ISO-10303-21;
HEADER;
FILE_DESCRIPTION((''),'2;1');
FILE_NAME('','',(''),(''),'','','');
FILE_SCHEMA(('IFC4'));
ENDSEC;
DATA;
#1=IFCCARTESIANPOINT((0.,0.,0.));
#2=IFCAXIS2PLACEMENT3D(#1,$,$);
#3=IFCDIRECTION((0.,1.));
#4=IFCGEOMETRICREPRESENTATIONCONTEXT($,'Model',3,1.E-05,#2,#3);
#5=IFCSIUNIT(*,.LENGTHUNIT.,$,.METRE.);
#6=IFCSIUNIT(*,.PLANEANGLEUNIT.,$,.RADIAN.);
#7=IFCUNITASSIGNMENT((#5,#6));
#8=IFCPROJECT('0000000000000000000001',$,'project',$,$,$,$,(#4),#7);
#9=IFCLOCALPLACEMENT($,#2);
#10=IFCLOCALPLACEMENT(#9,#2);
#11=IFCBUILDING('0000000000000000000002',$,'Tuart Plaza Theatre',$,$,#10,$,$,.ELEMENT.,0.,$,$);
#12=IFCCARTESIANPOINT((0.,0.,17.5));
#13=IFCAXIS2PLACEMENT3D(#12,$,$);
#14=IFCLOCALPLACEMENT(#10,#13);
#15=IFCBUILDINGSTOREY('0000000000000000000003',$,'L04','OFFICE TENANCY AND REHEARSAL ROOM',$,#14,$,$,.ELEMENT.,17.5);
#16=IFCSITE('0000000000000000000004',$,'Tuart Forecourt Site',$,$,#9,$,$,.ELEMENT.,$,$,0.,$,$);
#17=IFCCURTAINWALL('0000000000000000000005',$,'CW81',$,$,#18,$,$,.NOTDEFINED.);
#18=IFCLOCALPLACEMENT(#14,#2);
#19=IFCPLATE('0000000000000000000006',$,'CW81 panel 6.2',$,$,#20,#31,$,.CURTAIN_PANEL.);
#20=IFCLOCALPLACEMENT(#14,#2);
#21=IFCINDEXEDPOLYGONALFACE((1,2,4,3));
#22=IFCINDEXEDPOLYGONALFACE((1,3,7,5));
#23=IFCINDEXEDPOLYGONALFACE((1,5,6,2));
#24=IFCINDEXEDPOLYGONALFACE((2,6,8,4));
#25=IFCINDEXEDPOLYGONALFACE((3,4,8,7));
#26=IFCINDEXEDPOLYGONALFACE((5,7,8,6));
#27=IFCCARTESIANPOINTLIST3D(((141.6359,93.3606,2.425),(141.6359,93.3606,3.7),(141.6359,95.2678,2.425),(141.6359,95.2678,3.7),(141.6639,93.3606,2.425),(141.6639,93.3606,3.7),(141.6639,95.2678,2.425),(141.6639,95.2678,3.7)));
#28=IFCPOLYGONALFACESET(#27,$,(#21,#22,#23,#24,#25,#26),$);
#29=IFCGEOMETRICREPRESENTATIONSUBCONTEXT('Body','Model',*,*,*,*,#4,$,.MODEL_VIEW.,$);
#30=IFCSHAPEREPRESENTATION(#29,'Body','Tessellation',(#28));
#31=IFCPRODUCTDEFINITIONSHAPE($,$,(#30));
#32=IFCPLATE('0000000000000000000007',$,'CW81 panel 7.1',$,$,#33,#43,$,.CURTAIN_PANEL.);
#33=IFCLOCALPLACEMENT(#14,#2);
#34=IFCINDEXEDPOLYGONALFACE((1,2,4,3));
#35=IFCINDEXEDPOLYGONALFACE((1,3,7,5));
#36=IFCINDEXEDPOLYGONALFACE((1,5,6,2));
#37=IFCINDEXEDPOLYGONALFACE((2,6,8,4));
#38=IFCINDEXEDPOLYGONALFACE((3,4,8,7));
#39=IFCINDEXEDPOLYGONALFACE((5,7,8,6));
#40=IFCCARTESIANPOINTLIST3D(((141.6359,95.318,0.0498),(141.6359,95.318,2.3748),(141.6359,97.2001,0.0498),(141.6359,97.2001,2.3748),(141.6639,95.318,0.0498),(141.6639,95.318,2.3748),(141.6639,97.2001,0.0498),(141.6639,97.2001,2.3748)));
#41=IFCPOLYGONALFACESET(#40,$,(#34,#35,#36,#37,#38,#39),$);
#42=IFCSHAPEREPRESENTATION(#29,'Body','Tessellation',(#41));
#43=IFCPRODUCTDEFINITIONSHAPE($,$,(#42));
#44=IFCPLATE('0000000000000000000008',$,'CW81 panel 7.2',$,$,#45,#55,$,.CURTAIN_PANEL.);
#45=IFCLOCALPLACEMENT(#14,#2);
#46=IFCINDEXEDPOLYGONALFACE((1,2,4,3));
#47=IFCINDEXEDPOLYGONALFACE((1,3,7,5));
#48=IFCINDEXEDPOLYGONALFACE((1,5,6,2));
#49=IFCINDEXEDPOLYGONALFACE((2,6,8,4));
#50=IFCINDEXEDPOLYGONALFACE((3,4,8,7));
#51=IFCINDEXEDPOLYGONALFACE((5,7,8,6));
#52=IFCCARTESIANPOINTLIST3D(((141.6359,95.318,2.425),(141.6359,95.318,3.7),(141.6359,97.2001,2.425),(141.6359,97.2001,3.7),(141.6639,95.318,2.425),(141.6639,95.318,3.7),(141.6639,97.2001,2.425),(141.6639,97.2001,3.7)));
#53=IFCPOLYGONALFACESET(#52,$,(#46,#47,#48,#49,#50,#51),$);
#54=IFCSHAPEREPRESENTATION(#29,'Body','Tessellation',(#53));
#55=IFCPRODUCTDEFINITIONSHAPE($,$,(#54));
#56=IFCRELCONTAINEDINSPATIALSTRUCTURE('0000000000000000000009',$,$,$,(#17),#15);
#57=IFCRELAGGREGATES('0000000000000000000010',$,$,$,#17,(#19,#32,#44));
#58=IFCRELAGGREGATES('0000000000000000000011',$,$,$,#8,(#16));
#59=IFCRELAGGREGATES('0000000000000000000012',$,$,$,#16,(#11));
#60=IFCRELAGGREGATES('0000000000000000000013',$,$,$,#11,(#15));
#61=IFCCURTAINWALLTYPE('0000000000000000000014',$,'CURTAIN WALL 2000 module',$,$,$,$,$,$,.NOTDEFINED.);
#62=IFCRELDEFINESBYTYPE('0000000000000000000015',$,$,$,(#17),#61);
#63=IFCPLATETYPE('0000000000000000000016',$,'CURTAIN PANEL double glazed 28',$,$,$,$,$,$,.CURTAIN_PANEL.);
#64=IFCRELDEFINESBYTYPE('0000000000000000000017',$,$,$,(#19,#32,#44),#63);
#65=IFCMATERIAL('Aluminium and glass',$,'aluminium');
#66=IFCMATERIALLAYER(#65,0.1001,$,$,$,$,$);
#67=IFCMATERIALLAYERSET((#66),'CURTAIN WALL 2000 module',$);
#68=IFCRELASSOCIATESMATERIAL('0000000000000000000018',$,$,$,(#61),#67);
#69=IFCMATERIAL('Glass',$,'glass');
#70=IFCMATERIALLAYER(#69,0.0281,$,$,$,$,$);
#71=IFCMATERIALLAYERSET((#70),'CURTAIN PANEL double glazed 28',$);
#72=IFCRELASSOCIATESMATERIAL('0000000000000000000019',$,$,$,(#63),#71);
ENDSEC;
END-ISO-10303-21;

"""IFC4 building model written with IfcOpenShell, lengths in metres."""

from ifc_helpers import new_model, si_unit, direction, frame, origin, origin_2d, place, context, subcontext, project, spatial, rectangle, extrude, material, layer, layer_set, type_object, element, aggregate, save


model = new_model("IFC4")

# Units and contexts
model_context = context("Model", 3, precision=1e-05, world=origin(), true_north=direction((0.0, 1.0)))
body_context = subcontext(model_context, "Body", "Model", "MODEL_VIEW")
ifc_project = project(units=[si_unit("LENGTHUNIT", "METRE"), si_unit("PLANEANGLEUNIT", "RADIAN")], contexts=[model_context])

# Site, building, storey
site_placement = place(None, origin())
site = spatial("IfcSite", under=ifc_project, at=site_placement, Name="Tuart Forecourt Site", CompositionType="ELEMENT", RefElevation=0.0)
building_placement = place(site_placement, origin())
building = spatial("IfcBuilding", under=site, at=building_placement, Name="Tuart Plaza Theatre", CompositionType="ELEMENT", ElevationOfRefHeight=0.0)
storey_placement = place(building_placement, frame((0.0, 0.0, 17.5)))
storey = spatial("IfcBuildingStorey", under=building, at=storey_placement, Name="L04", Description="OFFICE TENANCY AND REHEARSAL ROOM", CompositionType="ELEMENT", Elevation=17.5)

# Curtain wall, plates
ifc_material_1 = material(Name="Aluminium and glass", Category="aluminium")
ifc_layer_1 = layer(ifc_material_1, 0.1001)
ifc_layer_set_1 = layer_set([ifc_layer_1], Name="CURTAIN WALL 2000 module")
curtain_wall_type = type_object("IfcCurtainWallType", Name="CURTAIN WALL 2000 module", PredefinedType="NOTDEFINED", material=ifc_layer_set_1)
curtain_wall_placement = place(storey_placement, origin())
curtain_wall = element("IfcCurtainWall", 1, at=curtain_wall_placement, inside=storey, type_object=curtain_wall_type, Name="CW81", PredefinedType="NOTDEFINED")
ifc_material_2 = material(Name="Glass", Category="glass")
ifc_layer_2 = layer(ifc_material_2, 0.0281)
ifc_layer_set_2 = layer_set([ifc_layer_2], Name="CURTAIN PANEL double glazed 28")
plate_type = type_object("IfcPlateType", Name="CURTAIN PANEL double glazed 28", PredefinedType="CURTAIN_PANEL", material=ifc_layer_set_2)
plate_1_placement = place(storey_placement, frame((141.6499, 94.3142, 2.425), z_axis=(0.0, 0.0, 1.0), x_axis=(0.0, 1.0, 0.0)))
plate_1 = element("IfcPlate", 2, at=plate_1_placement, type_object=plate_type, Name="CW81 panel 6.2", PredefinedType="CURTAIN_PANEL", context=body_context, shape_type="SweptSolid", body=[
    extrude(rectangle(XDim=1.9072, YDim=0.0281, at=origin_2d()), origin(), (0.0, 0.0, 1.0), 1.2749),
])
plate_2_placement = place(storey_placement, frame((141.6499, 96.259, 0.0498), z_axis=(0.0, 0.0, 1.0), x_axis=(0.0, 1.0, 0.0)))
plate_2 = element("IfcPlate", 3, at=plate_2_placement, type_object=plate_type, Name="CW81 panel 7.1", PredefinedType="CURTAIN_PANEL", context=body_context, shape_type="SweptSolid", body=[
    extrude(rectangle(XDim=1.8821, YDim=0.0281, at=origin_2d()), origin(), (0.0, 0.0, 1.0), 2.325),
])
plate_3_placement = place(storey_placement, frame((141.6499, 96.259, 2.425), z_axis=(0.0, 0.0, 1.0), x_axis=(0.0, 1.0, 0.0)))
plate_3 = element("IfcPlate", 4, at=plate_3_placement, type_object=plate_type, Name="CW81 panel 7.2", PredefinedType="CURTAIN_PANEL", context=body_context, shape_type="SweptSolid", body=[
    extrude(rectangle(XDim=1.8821, YDim=0.0281, at=origin_2d()), origin(), (0.0, 0.0, 1.0), 1.2749),
])
aggregate(curtain_wall, [plate_1, plate_2, plate_3])

save(model, "model.ifc")
